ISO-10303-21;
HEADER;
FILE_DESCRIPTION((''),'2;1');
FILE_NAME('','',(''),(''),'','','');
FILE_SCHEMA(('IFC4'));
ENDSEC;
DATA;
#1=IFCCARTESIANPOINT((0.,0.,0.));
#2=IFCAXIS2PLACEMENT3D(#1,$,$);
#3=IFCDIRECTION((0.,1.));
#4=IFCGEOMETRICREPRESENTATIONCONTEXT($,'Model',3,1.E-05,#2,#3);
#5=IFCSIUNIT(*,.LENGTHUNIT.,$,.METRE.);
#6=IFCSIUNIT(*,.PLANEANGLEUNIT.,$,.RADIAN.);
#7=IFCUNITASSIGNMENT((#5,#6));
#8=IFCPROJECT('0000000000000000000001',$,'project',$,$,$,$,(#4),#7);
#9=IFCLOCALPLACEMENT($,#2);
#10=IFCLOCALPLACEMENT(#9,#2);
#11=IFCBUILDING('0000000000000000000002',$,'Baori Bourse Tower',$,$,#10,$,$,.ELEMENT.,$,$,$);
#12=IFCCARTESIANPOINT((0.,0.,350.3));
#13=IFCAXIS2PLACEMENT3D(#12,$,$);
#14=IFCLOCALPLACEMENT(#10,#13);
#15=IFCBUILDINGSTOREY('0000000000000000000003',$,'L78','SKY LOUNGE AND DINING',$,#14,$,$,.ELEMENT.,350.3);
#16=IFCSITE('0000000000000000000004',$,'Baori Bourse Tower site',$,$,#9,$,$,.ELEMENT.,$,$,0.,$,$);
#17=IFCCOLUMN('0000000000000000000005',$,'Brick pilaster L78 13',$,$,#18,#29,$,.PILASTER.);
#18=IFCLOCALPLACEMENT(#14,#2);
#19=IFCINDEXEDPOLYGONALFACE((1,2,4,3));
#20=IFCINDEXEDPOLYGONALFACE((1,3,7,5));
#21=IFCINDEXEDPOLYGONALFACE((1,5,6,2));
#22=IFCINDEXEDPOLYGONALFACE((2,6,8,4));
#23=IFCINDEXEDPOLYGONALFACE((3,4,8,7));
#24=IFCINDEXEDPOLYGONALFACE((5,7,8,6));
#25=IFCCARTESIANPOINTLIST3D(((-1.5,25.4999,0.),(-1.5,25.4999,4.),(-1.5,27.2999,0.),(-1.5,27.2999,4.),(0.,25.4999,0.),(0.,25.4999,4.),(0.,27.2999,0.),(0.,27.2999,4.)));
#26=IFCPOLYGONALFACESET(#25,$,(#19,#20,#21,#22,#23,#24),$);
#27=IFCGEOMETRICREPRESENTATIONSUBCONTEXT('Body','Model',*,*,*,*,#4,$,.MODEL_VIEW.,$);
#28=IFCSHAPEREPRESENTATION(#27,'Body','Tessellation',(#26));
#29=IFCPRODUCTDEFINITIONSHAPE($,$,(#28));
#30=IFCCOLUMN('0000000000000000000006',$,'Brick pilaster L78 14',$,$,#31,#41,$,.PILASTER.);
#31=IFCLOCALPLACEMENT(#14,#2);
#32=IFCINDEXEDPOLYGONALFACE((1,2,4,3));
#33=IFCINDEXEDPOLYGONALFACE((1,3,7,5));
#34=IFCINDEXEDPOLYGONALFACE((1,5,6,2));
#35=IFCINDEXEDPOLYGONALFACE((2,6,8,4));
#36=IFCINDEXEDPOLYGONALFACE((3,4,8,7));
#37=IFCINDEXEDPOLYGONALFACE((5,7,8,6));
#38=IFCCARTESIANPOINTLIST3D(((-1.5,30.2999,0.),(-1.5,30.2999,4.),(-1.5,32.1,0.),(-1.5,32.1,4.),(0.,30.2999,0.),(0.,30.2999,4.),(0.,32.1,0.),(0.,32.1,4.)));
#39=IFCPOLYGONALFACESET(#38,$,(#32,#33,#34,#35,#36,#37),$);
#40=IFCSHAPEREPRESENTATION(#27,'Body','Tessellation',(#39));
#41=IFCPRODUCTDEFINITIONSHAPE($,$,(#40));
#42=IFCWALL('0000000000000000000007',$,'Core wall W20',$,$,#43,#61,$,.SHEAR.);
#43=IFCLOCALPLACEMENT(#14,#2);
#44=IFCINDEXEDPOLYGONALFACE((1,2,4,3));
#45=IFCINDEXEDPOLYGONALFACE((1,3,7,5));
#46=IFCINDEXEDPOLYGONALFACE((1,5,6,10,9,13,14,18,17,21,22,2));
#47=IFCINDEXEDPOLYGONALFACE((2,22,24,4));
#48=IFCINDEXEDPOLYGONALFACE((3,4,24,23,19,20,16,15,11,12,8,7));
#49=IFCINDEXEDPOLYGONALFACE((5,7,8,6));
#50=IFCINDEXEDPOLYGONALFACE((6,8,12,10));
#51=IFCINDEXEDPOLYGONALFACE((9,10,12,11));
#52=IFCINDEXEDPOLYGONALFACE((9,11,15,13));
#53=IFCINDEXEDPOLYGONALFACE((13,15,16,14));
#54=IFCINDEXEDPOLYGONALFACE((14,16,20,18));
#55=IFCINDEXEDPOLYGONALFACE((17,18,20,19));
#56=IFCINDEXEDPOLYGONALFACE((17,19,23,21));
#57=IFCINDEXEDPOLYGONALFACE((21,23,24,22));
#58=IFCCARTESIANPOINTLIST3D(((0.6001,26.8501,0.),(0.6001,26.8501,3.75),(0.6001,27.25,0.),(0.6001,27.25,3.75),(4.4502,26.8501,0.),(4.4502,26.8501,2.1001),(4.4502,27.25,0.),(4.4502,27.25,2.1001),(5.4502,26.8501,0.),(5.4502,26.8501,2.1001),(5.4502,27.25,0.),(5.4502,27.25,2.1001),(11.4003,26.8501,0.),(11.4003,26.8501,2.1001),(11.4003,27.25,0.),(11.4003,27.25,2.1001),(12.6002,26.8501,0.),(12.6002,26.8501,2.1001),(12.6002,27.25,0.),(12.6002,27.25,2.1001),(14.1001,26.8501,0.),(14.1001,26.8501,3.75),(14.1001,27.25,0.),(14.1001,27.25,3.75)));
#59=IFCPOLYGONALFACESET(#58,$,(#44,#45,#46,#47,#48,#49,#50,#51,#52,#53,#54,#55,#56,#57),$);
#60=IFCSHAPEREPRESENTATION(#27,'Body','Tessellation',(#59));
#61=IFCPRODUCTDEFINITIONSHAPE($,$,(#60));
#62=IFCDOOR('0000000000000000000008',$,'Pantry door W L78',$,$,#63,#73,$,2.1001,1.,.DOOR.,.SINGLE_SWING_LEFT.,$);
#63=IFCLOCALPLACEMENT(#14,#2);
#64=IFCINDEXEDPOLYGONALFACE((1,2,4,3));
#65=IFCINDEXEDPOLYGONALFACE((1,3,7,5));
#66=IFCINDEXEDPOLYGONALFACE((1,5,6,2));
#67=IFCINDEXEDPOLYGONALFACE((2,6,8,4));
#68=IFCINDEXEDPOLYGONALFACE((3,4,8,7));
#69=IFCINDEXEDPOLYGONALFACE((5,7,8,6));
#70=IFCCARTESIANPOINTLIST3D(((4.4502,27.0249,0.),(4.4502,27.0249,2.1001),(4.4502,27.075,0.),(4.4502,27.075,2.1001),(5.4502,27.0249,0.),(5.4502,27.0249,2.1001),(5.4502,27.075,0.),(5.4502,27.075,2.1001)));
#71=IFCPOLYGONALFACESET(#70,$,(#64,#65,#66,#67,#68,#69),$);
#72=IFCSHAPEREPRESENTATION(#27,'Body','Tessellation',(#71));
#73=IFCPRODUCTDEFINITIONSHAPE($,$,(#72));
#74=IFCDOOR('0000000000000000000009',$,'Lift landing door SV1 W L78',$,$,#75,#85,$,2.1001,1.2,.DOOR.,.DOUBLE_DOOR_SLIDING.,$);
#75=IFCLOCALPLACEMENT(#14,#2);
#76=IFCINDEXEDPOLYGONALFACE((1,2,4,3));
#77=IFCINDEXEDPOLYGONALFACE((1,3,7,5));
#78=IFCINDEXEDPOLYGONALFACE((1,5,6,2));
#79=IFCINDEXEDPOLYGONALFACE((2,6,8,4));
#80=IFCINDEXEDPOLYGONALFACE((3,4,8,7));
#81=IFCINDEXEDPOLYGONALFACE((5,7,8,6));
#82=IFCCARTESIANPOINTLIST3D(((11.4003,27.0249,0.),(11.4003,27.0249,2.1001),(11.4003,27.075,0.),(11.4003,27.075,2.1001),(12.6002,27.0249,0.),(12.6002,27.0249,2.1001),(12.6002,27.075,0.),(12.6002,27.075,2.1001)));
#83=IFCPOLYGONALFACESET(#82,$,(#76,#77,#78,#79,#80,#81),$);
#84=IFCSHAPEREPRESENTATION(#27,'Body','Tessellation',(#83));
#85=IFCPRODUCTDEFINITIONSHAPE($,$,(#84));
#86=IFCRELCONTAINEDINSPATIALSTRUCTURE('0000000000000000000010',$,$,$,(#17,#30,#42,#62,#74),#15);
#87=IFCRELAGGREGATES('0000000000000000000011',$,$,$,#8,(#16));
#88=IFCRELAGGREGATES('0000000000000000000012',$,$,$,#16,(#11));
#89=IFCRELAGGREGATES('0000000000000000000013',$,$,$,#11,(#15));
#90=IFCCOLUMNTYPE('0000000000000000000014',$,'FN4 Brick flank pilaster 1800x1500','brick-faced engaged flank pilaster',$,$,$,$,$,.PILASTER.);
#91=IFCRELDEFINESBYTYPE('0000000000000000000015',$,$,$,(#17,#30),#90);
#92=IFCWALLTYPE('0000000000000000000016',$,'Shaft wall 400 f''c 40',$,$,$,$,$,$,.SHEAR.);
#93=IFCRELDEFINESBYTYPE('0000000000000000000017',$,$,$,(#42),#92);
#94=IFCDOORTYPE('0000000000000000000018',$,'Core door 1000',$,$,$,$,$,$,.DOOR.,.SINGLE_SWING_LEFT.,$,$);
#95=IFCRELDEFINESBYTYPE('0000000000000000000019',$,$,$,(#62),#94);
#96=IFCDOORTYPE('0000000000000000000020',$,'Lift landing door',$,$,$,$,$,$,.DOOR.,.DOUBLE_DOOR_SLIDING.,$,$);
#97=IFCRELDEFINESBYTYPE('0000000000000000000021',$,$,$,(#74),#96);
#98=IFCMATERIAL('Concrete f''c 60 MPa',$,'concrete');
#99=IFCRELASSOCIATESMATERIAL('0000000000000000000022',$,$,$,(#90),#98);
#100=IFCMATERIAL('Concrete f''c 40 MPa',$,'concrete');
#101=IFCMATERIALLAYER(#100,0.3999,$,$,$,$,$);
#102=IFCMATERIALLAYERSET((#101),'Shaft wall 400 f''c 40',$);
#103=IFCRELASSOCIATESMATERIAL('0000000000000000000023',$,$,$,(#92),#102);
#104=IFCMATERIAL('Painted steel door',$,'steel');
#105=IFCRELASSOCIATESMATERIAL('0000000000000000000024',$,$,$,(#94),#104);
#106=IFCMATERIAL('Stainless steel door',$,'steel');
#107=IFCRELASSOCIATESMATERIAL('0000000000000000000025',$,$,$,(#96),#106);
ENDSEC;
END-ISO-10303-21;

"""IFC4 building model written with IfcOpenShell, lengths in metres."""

from ifc_helpers import new_model, si_unit, direction, frame, frame_2d, origin, origin_2d, place, context, subcontext, project, spatial, rectangle, extrude, material, layer, layer_set, material_profile, profile_set, type_object, element, fill, save


model = new_model("IFC4")

# Units and contexts
model_context = context("Model", 3, precision=1e-05, world=origin(), true_north=direction((0.0, 1.0)))
body_context = subcontext(model_context, "Body", "Model", "MODEL_VIEW")
ifc_project = project(units=[si_unit("LENGTHUNIT", "METRE"), si_unit("PLANEANGLEUNIT", "RADIAN")], contexts=[model_context])

# Site, building, storey
site_placement = place(None, origin())
site = spatial("IfcSite", under=ifc_project, at=site_placement, Name="Baori Bourse Tower site", CompositionType="ELEMENT", RefElevation=0.0)
building_placement = place(site_placement, origin())
building = spatial("IfcBuilding", under=site, at=building_placement, Name="Baori Bourse Tower", CompositionType="ELEMENT")
storey_placement = place(building_placement, frame((0.0, 0.0, 350.3)))
storey = spatial("IfcBuildingStorey", under=building, at=storey_placement, Name="L78", Description="SKY LOUNGE AND DINING", CompositionType="ELEMENT", Elevation=350.3)

# Columns
ifc_material_1 = material(Name="Concrete f'c 60 MPa", Category="concrete")
ifc_material_profile = material_profile(ifc_material_1, rectangle(XDim=1.8, YDim=1.5, at=origin_2d()), Name="RC 1800x1500")
ifc_profile_set = profile_set([ifc_material_profile], Name="Concrete f'c 60 MPa")
column_type = type_object("IfcColumnType", Name="FN4 Brick flank pilaster 1800x1500", Description="brick-faced engaged flank pilaster", PredefinedType="PILASTER", material=ifc_profile_set)
for number, where, z_axis, x_axis, name in (
    (1, (-0.75, 26.3999, 0.0), (0.0, 0.0, 1.0), (0.0, 1.0, 0.0), "Brick pilaster L78 13"),
    (2, (-0.75, 31.2, 0.0), (0.0, 0.0, 1.0), (0.0, 1.0, 0.0), "Brick pilaster L78 14"),
):
    element("IfcColumn", number, at=place(storey_placement, frame(where, z_axis=z_axis, x_axis=x_axis)), inside=storey, type_object=column_type, Name=name, PredefinedType="PILASTER", context=body_context, shape_type="SweptSolid", body=[
        extrude(rectangle(XDim=1.8, YDim=1.5, at=origin_2d()), origin(), (0.0, 0.0, 1.0), 4.0),
    ])

# Wall, openings, doors
ifc_material_2 = material(Name="Concrete f'c 40 MPa", Category="concrete")
ifc_layer_1 = layer(ifc_material_2, 0.3999)
ifc_layer_set_1 = layer_set([ifc_layer_1], Name="Shaft wall 400 f'c 40")
wall_type_1 = type_object("IfcWallType", Name="Shaft wall 400 f'c 40", PredefinedType="SHEAR", material=ifc_layer_set_1)
wall_1_placement = place(storey_placement, frame((0.6001, 27.05, 0.0), z_axis=(0.0, 0.0, 1.0), x_axis=(1.0, 0.0, 0.0)))
wall_1 = element("IfcWall", 3, at=wall_1_placement, inside=storey, type_object=wall_type_1, Name="Core wall W20", PredefinedType="SHEAR", context=body_context, shape_type="SweptSolid", body=[
    extrude(rectangle(XDim=13.5, YDim=0.3999, at=frame_2d((6.75, 0.0))), origin(), (0.0, 0.0, 1.0), 3.75),
])
opening_1_placement = place(wall_1_placement, frame((3.8501, 0.0, 0.0)))
opening_1 = element("IfcOpeningElement", 4, at=opening_1_placement, cuts=wall_1, PredefinedType="OPENING", context=body_context, shape_type="SweptSolid", body=[
    extrude(rectangle(XDim=1.0, YDim=2.1001, at=frame_2d((0.5, 1.05))), frame((0.0, 0.21, 0.0), z_axis=(0.0, -1.0, 0.0), x_axis=(1.0, 0.0, 0.0)), (0.0, 0.0, 1.0), 0.4199),
])
opening_2_placement = place(wall_1_placement, frame((10.8, 0.0, 0.0)))
opening_2 = element("IfcOpeningElement", 5, at=opening_2_placement, cuts=wall_1, PredefinedType="OPENING", context=body_context, shape_type="SweptSolid", body=[
    extrude(rectangle(XDim=1.2, YDim=2.1001, at=frame_2d((0.6001, 1.05))), frame((0.0, 0.21, 0.0), z_axis=(0.0, -1.0, 0.0), x_axis=(1.0, 0.0, 0.0)), (0.0, 0.0, 1.0), 0.4199),
])
ifc_material_3 = material(Name="Painted steel door", Category="steel")
door_type_1 = type_object("IfcDoorType", Name="Core door 1000", OperationType="SINGLE_SWING_LEFT", PredefinedType="DOOR", material=ifc_material_3)
door_1_placement = place(opening_1_placement, origin())
door_1 = element("IfcDoor", 6, at=door_1_placement, inside=storey, type_object=door_type_1, Name="Pantry door W L78", OperationType="SINGLE_SWING_LEFT", OverallHeight=2.1001, OverallWidth=1.0, PredefinedType="DOOR", context=body_context, shape_type="SweptSolid", body=[
    extrude(rectangle(XDim=1.0, YDim=2.1001, at=frame_2d((0.5, 1.05))), frame((0.0, 0.0249, 0.0), z_axis=(0.0, -1.0, 0.0), x_axis=(1.0, 0.0, 0.0)), (0.0, 0.0, 1.0), 0.05),
])
fill(opening_1, door_1)
ifc_material_4 = material(Name="Stainless steel door", Category="steel")
door_type_2 = type_object("IfcDoorType", Name="Lift landing door", OperationType="DOUBLE_DOOR_SLIDING", PredefinedType="DOOR", material=ifc_material_4)
door_2_placement = place(opening_2_placement, origin())
door_2 = element("IfcDoor", 7, at=door_2_placement, inside=storey, type_object=door_type_2, Name="Lift landing door SV1 W L78", OperationType="DOUBLE_DOOR_SLIDING", OverallHeight=2.1001, OverallWidth=1.2, PredefinedType="DOOR", context=body_context, shape_type="SweptSolid", body=[
    extrude(rectangle(XDim=1.2, YDim=2.1001, at=frame_2d((0.6001, 1.05))), frame((0.0, 0.0249, 0.0), z_axis=(0.0, -1.0, 0.0), x_axis=(1.0, 0.0, 0.0)), (0.0, 0.0, 1.0), 0.05),
])
fill(opening_2, door_2)

save(model, "model.ifc")
